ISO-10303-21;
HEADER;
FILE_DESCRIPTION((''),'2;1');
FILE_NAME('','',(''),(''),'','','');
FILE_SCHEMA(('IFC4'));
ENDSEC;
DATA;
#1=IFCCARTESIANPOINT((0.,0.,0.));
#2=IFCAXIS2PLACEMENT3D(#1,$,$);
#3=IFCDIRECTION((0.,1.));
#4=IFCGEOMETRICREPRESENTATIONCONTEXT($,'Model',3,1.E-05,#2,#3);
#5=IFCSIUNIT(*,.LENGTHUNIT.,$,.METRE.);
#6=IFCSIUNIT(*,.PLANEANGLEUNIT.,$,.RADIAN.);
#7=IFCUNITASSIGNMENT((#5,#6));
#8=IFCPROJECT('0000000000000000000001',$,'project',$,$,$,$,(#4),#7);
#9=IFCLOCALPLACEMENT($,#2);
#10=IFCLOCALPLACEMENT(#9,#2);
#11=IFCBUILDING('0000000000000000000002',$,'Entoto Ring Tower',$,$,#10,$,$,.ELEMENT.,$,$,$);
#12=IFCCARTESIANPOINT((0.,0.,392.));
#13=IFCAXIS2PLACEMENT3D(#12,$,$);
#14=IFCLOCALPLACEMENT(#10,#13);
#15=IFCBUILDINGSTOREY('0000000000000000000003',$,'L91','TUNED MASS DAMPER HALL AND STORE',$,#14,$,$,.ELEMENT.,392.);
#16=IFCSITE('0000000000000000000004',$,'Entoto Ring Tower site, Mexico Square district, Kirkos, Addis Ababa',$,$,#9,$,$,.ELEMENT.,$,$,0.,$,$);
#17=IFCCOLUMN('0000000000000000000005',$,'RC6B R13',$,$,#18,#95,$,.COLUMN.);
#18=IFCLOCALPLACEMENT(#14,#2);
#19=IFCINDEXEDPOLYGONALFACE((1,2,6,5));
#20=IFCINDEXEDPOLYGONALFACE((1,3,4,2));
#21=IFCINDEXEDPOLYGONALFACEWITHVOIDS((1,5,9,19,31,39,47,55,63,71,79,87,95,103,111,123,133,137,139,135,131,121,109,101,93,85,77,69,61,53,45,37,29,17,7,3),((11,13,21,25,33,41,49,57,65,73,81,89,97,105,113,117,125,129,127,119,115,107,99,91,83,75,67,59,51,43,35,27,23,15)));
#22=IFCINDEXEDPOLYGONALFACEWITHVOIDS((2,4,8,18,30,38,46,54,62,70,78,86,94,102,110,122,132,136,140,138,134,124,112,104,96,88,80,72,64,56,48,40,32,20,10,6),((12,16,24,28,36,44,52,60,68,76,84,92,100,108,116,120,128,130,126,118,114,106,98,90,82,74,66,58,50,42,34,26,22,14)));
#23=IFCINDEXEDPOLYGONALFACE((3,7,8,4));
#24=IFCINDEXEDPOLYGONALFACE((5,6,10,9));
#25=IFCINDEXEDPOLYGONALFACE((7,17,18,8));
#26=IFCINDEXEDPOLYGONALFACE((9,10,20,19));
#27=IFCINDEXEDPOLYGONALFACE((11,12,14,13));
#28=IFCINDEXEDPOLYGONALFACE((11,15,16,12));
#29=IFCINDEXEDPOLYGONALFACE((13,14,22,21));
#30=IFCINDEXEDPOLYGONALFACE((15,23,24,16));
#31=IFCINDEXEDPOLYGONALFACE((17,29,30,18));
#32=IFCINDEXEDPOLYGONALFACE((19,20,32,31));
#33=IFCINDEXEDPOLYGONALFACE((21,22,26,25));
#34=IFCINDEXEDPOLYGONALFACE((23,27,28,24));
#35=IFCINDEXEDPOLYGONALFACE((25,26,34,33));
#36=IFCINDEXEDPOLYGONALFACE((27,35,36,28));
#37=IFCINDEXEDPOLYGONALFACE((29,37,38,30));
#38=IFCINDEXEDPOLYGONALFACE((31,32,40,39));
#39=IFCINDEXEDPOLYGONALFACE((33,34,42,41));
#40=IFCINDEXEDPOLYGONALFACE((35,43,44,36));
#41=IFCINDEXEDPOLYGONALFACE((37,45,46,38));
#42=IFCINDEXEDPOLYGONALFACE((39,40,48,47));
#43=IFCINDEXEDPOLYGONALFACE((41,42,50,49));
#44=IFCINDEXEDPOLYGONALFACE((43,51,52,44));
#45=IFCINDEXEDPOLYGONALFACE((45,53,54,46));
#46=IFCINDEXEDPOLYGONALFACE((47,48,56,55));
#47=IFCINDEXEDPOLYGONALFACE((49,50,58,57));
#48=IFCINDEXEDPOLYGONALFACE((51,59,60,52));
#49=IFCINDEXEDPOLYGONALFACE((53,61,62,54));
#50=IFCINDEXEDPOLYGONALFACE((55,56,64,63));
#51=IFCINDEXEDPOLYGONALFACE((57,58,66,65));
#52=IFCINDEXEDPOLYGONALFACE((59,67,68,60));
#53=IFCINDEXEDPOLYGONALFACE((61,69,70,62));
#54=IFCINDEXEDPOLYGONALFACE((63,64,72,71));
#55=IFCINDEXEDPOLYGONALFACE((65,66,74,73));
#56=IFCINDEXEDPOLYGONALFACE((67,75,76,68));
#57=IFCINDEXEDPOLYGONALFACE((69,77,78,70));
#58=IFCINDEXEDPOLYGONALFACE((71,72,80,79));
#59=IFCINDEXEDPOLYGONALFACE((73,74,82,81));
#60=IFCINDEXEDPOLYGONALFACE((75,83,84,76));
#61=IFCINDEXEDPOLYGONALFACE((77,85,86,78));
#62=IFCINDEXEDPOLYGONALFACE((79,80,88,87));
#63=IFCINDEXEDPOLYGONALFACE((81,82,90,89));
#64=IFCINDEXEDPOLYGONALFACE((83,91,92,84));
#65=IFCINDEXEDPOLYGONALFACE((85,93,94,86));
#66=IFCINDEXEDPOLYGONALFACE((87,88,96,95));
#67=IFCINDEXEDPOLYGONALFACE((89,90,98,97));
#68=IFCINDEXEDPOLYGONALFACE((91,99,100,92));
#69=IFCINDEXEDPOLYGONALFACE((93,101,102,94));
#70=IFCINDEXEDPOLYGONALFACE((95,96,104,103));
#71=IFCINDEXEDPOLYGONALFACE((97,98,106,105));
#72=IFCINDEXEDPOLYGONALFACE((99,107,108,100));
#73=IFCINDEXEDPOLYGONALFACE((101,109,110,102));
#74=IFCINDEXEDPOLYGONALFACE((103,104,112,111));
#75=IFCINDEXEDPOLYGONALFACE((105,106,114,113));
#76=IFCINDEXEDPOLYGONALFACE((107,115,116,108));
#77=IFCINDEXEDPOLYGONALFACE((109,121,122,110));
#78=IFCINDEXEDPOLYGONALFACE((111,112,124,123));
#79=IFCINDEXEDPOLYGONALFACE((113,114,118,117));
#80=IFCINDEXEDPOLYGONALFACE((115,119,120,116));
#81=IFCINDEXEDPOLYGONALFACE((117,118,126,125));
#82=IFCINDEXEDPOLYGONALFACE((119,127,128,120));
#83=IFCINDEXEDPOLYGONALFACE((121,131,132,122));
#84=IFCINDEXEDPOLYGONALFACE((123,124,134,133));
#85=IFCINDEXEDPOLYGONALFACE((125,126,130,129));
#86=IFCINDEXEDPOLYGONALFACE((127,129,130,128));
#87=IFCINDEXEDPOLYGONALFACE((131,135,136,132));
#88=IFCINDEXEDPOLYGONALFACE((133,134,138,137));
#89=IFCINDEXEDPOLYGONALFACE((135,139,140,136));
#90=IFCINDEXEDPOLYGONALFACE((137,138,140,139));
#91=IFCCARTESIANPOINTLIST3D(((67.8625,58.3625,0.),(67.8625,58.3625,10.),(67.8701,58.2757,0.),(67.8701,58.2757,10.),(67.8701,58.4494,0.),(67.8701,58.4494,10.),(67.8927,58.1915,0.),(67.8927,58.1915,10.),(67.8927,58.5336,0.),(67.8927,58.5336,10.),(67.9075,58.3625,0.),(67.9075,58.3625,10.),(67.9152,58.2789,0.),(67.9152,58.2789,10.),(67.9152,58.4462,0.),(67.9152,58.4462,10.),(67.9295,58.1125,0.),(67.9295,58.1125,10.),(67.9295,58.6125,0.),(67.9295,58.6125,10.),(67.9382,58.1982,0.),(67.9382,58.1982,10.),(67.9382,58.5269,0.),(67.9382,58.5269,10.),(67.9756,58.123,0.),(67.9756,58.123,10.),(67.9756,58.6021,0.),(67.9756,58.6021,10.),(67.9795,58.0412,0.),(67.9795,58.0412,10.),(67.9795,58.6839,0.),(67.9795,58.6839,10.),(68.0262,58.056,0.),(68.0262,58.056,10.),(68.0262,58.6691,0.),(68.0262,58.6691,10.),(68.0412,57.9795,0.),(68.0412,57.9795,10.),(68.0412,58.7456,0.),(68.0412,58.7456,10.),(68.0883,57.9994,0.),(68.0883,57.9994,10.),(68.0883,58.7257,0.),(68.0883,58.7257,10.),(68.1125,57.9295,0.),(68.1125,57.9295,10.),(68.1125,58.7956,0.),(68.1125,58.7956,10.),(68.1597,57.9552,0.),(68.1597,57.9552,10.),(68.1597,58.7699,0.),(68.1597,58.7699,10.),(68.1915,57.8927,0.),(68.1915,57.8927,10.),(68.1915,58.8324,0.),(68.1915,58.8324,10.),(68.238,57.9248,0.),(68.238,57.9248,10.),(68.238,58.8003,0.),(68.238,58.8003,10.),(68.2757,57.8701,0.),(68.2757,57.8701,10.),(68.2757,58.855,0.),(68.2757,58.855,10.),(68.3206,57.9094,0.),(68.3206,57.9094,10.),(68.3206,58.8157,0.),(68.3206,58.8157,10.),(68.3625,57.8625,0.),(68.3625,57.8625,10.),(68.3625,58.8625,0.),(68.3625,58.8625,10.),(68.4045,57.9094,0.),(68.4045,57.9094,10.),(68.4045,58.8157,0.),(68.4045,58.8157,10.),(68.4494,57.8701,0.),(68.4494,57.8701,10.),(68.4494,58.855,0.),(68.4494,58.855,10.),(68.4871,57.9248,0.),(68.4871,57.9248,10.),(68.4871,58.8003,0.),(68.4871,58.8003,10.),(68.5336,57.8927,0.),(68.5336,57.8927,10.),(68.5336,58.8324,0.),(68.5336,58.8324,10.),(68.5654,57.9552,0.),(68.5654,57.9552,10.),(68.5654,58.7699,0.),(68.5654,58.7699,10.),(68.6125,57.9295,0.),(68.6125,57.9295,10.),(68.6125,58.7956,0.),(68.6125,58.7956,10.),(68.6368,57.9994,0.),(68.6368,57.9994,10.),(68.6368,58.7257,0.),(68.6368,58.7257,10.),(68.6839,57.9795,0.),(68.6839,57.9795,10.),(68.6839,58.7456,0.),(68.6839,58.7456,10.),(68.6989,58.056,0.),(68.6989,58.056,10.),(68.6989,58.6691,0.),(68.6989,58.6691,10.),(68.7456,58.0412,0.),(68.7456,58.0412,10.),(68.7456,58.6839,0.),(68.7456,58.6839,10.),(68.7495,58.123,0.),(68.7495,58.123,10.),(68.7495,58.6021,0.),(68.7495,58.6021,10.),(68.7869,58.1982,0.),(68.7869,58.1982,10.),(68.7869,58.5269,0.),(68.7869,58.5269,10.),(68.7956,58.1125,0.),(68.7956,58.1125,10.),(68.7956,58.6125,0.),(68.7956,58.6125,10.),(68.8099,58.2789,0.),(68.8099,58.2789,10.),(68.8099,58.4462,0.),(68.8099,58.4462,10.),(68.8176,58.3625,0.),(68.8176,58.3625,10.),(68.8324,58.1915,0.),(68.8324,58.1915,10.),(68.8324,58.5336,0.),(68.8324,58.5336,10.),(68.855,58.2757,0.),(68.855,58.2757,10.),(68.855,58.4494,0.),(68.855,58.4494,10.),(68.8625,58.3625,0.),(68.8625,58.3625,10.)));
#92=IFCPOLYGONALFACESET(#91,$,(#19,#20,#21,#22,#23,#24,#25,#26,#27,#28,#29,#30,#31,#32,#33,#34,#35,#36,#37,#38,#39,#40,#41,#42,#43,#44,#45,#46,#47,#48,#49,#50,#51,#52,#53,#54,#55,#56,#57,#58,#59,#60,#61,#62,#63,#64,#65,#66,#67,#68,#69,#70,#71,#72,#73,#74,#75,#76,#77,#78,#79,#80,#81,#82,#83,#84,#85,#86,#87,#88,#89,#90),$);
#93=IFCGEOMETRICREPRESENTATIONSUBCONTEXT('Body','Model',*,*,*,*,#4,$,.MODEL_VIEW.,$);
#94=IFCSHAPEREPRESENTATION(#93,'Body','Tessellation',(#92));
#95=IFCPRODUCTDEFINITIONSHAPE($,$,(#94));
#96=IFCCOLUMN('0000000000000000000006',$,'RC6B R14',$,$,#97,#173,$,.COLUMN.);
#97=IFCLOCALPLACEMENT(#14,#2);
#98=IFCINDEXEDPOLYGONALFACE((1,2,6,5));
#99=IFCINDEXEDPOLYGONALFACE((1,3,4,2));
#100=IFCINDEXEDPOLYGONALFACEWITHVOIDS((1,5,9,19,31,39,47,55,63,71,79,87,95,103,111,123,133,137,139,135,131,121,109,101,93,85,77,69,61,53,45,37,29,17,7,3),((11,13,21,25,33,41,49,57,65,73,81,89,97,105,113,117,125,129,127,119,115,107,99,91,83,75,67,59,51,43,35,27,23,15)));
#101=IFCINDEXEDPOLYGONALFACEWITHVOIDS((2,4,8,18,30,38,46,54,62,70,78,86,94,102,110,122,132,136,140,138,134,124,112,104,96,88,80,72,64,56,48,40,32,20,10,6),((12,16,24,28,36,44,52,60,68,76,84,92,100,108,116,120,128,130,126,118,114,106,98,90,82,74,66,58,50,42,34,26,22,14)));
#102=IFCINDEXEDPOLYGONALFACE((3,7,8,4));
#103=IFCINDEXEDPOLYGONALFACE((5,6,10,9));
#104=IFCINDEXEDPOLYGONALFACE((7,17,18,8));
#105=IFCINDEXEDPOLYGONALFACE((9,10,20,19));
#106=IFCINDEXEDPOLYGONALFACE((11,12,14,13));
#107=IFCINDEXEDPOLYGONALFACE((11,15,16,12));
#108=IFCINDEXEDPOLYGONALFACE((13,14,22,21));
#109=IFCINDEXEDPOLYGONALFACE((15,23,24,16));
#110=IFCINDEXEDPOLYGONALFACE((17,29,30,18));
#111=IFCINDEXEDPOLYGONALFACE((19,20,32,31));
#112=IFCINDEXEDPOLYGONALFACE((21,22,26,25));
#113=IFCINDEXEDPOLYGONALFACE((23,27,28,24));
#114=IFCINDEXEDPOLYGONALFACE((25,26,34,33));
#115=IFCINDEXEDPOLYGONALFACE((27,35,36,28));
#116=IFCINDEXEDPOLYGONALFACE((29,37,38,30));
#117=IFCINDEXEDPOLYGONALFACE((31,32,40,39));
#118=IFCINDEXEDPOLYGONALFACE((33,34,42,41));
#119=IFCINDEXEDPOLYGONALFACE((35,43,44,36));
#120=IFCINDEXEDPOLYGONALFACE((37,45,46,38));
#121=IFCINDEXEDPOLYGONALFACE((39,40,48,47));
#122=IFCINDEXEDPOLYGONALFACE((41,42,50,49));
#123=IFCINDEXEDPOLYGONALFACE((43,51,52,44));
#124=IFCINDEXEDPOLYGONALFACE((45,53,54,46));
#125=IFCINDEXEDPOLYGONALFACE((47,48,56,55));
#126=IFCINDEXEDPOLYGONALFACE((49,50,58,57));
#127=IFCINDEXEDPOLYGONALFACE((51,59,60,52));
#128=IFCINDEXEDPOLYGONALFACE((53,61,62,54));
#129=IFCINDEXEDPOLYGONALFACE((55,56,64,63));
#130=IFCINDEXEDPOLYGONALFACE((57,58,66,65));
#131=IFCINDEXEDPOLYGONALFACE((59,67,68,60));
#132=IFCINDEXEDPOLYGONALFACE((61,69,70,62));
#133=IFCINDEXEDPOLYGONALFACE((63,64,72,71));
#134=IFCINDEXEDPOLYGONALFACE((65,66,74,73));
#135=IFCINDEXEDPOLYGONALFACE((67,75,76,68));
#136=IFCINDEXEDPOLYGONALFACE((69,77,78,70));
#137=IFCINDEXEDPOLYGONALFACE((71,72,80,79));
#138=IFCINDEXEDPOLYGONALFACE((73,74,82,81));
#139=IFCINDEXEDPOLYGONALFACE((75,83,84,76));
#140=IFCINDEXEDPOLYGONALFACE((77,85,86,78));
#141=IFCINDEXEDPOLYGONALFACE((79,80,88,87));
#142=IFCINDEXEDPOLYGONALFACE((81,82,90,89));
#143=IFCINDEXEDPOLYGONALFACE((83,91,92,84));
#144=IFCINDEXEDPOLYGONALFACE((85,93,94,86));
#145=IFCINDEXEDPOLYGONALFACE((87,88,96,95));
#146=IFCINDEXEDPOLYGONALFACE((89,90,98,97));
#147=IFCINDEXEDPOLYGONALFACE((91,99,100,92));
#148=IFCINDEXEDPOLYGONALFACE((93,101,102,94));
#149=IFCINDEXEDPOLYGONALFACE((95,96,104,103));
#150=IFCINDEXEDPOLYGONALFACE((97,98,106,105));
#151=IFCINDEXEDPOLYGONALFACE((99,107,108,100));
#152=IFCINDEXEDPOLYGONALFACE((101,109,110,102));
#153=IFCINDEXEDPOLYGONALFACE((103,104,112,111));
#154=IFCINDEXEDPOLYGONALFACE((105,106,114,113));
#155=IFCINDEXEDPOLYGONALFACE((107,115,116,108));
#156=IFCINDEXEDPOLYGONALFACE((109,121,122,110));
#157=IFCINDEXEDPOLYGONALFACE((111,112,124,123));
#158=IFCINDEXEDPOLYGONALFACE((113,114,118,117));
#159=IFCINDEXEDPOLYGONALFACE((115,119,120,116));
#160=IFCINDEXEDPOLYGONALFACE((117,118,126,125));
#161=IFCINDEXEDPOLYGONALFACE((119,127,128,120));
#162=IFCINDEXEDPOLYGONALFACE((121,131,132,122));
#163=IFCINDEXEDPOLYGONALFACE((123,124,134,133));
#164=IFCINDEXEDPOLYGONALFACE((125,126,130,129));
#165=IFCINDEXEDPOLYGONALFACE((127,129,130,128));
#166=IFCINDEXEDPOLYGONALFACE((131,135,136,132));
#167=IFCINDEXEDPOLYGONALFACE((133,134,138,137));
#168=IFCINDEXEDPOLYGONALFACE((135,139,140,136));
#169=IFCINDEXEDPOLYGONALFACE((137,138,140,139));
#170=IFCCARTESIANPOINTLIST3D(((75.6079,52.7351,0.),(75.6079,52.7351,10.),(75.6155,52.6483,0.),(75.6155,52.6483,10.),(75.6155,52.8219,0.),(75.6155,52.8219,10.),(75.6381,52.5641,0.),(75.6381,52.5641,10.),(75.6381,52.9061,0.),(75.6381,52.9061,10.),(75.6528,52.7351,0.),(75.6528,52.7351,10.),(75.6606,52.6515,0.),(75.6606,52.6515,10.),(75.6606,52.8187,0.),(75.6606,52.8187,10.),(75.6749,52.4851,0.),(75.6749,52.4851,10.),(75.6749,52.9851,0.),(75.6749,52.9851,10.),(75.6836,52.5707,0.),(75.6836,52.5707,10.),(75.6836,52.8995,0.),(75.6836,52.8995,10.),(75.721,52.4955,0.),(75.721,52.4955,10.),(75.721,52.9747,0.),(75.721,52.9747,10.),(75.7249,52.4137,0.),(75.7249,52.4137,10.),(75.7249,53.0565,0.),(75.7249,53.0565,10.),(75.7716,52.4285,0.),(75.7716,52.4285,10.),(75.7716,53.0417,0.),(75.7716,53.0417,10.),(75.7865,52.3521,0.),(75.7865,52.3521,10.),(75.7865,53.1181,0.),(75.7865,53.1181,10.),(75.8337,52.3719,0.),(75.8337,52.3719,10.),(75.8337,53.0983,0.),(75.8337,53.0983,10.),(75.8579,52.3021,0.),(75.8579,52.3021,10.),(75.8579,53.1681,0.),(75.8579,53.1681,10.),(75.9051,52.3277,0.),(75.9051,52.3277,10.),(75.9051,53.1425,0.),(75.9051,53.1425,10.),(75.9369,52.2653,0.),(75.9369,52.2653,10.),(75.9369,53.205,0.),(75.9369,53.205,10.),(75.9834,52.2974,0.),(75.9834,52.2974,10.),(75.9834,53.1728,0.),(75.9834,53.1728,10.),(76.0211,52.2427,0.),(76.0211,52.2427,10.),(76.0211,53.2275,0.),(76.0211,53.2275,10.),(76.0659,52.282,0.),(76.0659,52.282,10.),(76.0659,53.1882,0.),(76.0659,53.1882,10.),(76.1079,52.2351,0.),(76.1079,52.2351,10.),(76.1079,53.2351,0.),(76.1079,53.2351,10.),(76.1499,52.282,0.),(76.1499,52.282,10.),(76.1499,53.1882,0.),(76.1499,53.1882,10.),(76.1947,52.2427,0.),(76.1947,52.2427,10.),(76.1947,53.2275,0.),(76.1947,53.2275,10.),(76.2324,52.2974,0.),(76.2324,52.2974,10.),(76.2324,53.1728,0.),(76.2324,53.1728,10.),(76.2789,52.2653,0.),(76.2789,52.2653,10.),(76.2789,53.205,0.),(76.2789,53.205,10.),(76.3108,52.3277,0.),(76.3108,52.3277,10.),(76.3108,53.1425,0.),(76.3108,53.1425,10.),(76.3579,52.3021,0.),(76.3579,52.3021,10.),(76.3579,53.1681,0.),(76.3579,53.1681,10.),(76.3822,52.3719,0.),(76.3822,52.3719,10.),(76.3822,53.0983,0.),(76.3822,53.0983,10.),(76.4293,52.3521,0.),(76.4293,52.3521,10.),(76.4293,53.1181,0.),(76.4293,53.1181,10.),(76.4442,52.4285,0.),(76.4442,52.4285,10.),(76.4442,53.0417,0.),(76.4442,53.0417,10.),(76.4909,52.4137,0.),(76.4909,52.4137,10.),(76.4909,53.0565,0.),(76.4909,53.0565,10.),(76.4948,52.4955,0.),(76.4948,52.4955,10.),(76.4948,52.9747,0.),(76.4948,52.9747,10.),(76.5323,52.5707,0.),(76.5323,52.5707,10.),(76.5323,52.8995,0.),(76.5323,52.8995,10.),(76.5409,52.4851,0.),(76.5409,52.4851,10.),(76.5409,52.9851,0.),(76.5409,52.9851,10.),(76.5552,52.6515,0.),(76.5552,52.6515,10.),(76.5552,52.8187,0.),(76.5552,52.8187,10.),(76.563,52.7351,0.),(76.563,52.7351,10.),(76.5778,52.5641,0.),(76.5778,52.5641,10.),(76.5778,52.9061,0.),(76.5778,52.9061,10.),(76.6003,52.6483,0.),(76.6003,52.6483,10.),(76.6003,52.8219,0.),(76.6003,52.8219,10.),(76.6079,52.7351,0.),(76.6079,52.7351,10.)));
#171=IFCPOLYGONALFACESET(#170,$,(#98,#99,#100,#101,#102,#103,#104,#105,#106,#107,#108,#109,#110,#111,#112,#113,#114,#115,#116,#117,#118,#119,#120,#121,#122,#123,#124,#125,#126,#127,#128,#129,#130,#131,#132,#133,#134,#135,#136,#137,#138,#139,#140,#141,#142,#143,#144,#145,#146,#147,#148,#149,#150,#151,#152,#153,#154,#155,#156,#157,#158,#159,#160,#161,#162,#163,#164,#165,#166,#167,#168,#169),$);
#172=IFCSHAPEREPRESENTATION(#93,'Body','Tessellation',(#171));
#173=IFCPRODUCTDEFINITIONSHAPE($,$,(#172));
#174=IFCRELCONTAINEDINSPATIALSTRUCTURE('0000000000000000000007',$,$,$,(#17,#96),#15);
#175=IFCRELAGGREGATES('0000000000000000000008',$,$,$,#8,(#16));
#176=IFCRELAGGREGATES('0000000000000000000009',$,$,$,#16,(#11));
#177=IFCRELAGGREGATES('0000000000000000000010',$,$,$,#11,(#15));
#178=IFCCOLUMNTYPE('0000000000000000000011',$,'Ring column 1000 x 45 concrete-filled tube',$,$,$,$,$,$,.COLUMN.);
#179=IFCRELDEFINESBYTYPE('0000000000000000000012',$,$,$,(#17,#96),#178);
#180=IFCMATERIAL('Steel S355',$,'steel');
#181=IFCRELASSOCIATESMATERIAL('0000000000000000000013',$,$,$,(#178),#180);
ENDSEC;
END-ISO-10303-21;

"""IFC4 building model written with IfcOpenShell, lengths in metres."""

from ifc_helpers import new_model, si_unit, direction, frame, origin, origin_2d, place, context, subcontext, project, spatial, circle, hollow_circle, extrude, material, material_profile, profile_set, type_object, element, save


model = new_model("IFC4")

# Units and contexts
model_context = context("Model", 3, precision=1e-05, world=origin(), true_north=direction((0.0, 1.0)))
body_context = subcontext(model_context, "Body", "Model", "MODEL_VIEW")
ifc_project = project(units=[si_unit("LENGTHUNIT", "METRE"), si_unit("PLANEANGLEUNIT", "RADIAN")], contexts=[model_context])

# Site, building, storey
site_placement = place(None, origin())
site = spatial("IfcSite", under=ifc_project, at=site_placement, Name="Entoto Ring Tower site, Mexico Square district, Kirkos, Addis Ababa", CompositionType="ELEMENT", RefElevation=0.0)
building_placement = place(site_placement, origin())
building = spatial("IfcBuilding", under=site, at=building_placement, Name="Entoto Ring Tower", CompositionType="ELEMENT")
storey_placement = place(building_placement, frame((0.0, 0.0, 392.0)))
storey = spatial("IfcBuildingStorey", under=building, at=storey_placement, Name="L91", Description="TUNED MASS DAMPER HALL AND STORE", CompositionType="ELEMENT", Elevation=392.0)

# Columns
ifc_material_1 = material(Name="Steel S355", Category="steel")
ifc_material_profile_1 = material_profile(ifc_material_1, hollow_circle(Radius=0.5, WallThickness=0.0449, at=origin_2d()), Name="CHS 1000 x 45")
ifc_material_2 = material(Name="Concrete C60/75", Category="concrete")
ifc_material_profile_2 = material_profile(ifc_material_2, circle(Radius=0.4551, at=origin_2d()), Name="Concrete C60/75 infill")
ifc_profile_set_1 = profile_set([ifc_material_profile_1, ifc_material_profile_2], Name="Steel S355")
column_type = type_object("IfcColumnType", Name="Ring column 1000 x 45 concrete-filled tube", PredefinedType="COLUMN", material=ifc_profile_set_1)
for number, where, z_axis, x_axis, name in (
    (1, (68.3625, 58.3625, 0.0), (0.0, 0.0, 1.0), (1.0, 0.0, 0.0), "RC6B R13"),
    (2, (76.1079, 52.7351, 0.0), (0.0, 0.0, 1.0), (1.0, 0.0, 0.0), "RC6B R14"),
):
    element("IfcColumn", number, at=place(storey_placement, frame(where, z_axis=z_axis, x_axis=x_axis)), inside=storey, type_object=column_type, Name=name, PredefinedType="COLUMN", context=body_context, shape_type="SweptSolid", body=[
        extrude(hollow_circle(Radius=0.5, WallThickness=0.0449, at=origin_2d()), origin(), (0.0, 0.0, 1.0), 10.0),
    ])

save(model, "model.ifc")
